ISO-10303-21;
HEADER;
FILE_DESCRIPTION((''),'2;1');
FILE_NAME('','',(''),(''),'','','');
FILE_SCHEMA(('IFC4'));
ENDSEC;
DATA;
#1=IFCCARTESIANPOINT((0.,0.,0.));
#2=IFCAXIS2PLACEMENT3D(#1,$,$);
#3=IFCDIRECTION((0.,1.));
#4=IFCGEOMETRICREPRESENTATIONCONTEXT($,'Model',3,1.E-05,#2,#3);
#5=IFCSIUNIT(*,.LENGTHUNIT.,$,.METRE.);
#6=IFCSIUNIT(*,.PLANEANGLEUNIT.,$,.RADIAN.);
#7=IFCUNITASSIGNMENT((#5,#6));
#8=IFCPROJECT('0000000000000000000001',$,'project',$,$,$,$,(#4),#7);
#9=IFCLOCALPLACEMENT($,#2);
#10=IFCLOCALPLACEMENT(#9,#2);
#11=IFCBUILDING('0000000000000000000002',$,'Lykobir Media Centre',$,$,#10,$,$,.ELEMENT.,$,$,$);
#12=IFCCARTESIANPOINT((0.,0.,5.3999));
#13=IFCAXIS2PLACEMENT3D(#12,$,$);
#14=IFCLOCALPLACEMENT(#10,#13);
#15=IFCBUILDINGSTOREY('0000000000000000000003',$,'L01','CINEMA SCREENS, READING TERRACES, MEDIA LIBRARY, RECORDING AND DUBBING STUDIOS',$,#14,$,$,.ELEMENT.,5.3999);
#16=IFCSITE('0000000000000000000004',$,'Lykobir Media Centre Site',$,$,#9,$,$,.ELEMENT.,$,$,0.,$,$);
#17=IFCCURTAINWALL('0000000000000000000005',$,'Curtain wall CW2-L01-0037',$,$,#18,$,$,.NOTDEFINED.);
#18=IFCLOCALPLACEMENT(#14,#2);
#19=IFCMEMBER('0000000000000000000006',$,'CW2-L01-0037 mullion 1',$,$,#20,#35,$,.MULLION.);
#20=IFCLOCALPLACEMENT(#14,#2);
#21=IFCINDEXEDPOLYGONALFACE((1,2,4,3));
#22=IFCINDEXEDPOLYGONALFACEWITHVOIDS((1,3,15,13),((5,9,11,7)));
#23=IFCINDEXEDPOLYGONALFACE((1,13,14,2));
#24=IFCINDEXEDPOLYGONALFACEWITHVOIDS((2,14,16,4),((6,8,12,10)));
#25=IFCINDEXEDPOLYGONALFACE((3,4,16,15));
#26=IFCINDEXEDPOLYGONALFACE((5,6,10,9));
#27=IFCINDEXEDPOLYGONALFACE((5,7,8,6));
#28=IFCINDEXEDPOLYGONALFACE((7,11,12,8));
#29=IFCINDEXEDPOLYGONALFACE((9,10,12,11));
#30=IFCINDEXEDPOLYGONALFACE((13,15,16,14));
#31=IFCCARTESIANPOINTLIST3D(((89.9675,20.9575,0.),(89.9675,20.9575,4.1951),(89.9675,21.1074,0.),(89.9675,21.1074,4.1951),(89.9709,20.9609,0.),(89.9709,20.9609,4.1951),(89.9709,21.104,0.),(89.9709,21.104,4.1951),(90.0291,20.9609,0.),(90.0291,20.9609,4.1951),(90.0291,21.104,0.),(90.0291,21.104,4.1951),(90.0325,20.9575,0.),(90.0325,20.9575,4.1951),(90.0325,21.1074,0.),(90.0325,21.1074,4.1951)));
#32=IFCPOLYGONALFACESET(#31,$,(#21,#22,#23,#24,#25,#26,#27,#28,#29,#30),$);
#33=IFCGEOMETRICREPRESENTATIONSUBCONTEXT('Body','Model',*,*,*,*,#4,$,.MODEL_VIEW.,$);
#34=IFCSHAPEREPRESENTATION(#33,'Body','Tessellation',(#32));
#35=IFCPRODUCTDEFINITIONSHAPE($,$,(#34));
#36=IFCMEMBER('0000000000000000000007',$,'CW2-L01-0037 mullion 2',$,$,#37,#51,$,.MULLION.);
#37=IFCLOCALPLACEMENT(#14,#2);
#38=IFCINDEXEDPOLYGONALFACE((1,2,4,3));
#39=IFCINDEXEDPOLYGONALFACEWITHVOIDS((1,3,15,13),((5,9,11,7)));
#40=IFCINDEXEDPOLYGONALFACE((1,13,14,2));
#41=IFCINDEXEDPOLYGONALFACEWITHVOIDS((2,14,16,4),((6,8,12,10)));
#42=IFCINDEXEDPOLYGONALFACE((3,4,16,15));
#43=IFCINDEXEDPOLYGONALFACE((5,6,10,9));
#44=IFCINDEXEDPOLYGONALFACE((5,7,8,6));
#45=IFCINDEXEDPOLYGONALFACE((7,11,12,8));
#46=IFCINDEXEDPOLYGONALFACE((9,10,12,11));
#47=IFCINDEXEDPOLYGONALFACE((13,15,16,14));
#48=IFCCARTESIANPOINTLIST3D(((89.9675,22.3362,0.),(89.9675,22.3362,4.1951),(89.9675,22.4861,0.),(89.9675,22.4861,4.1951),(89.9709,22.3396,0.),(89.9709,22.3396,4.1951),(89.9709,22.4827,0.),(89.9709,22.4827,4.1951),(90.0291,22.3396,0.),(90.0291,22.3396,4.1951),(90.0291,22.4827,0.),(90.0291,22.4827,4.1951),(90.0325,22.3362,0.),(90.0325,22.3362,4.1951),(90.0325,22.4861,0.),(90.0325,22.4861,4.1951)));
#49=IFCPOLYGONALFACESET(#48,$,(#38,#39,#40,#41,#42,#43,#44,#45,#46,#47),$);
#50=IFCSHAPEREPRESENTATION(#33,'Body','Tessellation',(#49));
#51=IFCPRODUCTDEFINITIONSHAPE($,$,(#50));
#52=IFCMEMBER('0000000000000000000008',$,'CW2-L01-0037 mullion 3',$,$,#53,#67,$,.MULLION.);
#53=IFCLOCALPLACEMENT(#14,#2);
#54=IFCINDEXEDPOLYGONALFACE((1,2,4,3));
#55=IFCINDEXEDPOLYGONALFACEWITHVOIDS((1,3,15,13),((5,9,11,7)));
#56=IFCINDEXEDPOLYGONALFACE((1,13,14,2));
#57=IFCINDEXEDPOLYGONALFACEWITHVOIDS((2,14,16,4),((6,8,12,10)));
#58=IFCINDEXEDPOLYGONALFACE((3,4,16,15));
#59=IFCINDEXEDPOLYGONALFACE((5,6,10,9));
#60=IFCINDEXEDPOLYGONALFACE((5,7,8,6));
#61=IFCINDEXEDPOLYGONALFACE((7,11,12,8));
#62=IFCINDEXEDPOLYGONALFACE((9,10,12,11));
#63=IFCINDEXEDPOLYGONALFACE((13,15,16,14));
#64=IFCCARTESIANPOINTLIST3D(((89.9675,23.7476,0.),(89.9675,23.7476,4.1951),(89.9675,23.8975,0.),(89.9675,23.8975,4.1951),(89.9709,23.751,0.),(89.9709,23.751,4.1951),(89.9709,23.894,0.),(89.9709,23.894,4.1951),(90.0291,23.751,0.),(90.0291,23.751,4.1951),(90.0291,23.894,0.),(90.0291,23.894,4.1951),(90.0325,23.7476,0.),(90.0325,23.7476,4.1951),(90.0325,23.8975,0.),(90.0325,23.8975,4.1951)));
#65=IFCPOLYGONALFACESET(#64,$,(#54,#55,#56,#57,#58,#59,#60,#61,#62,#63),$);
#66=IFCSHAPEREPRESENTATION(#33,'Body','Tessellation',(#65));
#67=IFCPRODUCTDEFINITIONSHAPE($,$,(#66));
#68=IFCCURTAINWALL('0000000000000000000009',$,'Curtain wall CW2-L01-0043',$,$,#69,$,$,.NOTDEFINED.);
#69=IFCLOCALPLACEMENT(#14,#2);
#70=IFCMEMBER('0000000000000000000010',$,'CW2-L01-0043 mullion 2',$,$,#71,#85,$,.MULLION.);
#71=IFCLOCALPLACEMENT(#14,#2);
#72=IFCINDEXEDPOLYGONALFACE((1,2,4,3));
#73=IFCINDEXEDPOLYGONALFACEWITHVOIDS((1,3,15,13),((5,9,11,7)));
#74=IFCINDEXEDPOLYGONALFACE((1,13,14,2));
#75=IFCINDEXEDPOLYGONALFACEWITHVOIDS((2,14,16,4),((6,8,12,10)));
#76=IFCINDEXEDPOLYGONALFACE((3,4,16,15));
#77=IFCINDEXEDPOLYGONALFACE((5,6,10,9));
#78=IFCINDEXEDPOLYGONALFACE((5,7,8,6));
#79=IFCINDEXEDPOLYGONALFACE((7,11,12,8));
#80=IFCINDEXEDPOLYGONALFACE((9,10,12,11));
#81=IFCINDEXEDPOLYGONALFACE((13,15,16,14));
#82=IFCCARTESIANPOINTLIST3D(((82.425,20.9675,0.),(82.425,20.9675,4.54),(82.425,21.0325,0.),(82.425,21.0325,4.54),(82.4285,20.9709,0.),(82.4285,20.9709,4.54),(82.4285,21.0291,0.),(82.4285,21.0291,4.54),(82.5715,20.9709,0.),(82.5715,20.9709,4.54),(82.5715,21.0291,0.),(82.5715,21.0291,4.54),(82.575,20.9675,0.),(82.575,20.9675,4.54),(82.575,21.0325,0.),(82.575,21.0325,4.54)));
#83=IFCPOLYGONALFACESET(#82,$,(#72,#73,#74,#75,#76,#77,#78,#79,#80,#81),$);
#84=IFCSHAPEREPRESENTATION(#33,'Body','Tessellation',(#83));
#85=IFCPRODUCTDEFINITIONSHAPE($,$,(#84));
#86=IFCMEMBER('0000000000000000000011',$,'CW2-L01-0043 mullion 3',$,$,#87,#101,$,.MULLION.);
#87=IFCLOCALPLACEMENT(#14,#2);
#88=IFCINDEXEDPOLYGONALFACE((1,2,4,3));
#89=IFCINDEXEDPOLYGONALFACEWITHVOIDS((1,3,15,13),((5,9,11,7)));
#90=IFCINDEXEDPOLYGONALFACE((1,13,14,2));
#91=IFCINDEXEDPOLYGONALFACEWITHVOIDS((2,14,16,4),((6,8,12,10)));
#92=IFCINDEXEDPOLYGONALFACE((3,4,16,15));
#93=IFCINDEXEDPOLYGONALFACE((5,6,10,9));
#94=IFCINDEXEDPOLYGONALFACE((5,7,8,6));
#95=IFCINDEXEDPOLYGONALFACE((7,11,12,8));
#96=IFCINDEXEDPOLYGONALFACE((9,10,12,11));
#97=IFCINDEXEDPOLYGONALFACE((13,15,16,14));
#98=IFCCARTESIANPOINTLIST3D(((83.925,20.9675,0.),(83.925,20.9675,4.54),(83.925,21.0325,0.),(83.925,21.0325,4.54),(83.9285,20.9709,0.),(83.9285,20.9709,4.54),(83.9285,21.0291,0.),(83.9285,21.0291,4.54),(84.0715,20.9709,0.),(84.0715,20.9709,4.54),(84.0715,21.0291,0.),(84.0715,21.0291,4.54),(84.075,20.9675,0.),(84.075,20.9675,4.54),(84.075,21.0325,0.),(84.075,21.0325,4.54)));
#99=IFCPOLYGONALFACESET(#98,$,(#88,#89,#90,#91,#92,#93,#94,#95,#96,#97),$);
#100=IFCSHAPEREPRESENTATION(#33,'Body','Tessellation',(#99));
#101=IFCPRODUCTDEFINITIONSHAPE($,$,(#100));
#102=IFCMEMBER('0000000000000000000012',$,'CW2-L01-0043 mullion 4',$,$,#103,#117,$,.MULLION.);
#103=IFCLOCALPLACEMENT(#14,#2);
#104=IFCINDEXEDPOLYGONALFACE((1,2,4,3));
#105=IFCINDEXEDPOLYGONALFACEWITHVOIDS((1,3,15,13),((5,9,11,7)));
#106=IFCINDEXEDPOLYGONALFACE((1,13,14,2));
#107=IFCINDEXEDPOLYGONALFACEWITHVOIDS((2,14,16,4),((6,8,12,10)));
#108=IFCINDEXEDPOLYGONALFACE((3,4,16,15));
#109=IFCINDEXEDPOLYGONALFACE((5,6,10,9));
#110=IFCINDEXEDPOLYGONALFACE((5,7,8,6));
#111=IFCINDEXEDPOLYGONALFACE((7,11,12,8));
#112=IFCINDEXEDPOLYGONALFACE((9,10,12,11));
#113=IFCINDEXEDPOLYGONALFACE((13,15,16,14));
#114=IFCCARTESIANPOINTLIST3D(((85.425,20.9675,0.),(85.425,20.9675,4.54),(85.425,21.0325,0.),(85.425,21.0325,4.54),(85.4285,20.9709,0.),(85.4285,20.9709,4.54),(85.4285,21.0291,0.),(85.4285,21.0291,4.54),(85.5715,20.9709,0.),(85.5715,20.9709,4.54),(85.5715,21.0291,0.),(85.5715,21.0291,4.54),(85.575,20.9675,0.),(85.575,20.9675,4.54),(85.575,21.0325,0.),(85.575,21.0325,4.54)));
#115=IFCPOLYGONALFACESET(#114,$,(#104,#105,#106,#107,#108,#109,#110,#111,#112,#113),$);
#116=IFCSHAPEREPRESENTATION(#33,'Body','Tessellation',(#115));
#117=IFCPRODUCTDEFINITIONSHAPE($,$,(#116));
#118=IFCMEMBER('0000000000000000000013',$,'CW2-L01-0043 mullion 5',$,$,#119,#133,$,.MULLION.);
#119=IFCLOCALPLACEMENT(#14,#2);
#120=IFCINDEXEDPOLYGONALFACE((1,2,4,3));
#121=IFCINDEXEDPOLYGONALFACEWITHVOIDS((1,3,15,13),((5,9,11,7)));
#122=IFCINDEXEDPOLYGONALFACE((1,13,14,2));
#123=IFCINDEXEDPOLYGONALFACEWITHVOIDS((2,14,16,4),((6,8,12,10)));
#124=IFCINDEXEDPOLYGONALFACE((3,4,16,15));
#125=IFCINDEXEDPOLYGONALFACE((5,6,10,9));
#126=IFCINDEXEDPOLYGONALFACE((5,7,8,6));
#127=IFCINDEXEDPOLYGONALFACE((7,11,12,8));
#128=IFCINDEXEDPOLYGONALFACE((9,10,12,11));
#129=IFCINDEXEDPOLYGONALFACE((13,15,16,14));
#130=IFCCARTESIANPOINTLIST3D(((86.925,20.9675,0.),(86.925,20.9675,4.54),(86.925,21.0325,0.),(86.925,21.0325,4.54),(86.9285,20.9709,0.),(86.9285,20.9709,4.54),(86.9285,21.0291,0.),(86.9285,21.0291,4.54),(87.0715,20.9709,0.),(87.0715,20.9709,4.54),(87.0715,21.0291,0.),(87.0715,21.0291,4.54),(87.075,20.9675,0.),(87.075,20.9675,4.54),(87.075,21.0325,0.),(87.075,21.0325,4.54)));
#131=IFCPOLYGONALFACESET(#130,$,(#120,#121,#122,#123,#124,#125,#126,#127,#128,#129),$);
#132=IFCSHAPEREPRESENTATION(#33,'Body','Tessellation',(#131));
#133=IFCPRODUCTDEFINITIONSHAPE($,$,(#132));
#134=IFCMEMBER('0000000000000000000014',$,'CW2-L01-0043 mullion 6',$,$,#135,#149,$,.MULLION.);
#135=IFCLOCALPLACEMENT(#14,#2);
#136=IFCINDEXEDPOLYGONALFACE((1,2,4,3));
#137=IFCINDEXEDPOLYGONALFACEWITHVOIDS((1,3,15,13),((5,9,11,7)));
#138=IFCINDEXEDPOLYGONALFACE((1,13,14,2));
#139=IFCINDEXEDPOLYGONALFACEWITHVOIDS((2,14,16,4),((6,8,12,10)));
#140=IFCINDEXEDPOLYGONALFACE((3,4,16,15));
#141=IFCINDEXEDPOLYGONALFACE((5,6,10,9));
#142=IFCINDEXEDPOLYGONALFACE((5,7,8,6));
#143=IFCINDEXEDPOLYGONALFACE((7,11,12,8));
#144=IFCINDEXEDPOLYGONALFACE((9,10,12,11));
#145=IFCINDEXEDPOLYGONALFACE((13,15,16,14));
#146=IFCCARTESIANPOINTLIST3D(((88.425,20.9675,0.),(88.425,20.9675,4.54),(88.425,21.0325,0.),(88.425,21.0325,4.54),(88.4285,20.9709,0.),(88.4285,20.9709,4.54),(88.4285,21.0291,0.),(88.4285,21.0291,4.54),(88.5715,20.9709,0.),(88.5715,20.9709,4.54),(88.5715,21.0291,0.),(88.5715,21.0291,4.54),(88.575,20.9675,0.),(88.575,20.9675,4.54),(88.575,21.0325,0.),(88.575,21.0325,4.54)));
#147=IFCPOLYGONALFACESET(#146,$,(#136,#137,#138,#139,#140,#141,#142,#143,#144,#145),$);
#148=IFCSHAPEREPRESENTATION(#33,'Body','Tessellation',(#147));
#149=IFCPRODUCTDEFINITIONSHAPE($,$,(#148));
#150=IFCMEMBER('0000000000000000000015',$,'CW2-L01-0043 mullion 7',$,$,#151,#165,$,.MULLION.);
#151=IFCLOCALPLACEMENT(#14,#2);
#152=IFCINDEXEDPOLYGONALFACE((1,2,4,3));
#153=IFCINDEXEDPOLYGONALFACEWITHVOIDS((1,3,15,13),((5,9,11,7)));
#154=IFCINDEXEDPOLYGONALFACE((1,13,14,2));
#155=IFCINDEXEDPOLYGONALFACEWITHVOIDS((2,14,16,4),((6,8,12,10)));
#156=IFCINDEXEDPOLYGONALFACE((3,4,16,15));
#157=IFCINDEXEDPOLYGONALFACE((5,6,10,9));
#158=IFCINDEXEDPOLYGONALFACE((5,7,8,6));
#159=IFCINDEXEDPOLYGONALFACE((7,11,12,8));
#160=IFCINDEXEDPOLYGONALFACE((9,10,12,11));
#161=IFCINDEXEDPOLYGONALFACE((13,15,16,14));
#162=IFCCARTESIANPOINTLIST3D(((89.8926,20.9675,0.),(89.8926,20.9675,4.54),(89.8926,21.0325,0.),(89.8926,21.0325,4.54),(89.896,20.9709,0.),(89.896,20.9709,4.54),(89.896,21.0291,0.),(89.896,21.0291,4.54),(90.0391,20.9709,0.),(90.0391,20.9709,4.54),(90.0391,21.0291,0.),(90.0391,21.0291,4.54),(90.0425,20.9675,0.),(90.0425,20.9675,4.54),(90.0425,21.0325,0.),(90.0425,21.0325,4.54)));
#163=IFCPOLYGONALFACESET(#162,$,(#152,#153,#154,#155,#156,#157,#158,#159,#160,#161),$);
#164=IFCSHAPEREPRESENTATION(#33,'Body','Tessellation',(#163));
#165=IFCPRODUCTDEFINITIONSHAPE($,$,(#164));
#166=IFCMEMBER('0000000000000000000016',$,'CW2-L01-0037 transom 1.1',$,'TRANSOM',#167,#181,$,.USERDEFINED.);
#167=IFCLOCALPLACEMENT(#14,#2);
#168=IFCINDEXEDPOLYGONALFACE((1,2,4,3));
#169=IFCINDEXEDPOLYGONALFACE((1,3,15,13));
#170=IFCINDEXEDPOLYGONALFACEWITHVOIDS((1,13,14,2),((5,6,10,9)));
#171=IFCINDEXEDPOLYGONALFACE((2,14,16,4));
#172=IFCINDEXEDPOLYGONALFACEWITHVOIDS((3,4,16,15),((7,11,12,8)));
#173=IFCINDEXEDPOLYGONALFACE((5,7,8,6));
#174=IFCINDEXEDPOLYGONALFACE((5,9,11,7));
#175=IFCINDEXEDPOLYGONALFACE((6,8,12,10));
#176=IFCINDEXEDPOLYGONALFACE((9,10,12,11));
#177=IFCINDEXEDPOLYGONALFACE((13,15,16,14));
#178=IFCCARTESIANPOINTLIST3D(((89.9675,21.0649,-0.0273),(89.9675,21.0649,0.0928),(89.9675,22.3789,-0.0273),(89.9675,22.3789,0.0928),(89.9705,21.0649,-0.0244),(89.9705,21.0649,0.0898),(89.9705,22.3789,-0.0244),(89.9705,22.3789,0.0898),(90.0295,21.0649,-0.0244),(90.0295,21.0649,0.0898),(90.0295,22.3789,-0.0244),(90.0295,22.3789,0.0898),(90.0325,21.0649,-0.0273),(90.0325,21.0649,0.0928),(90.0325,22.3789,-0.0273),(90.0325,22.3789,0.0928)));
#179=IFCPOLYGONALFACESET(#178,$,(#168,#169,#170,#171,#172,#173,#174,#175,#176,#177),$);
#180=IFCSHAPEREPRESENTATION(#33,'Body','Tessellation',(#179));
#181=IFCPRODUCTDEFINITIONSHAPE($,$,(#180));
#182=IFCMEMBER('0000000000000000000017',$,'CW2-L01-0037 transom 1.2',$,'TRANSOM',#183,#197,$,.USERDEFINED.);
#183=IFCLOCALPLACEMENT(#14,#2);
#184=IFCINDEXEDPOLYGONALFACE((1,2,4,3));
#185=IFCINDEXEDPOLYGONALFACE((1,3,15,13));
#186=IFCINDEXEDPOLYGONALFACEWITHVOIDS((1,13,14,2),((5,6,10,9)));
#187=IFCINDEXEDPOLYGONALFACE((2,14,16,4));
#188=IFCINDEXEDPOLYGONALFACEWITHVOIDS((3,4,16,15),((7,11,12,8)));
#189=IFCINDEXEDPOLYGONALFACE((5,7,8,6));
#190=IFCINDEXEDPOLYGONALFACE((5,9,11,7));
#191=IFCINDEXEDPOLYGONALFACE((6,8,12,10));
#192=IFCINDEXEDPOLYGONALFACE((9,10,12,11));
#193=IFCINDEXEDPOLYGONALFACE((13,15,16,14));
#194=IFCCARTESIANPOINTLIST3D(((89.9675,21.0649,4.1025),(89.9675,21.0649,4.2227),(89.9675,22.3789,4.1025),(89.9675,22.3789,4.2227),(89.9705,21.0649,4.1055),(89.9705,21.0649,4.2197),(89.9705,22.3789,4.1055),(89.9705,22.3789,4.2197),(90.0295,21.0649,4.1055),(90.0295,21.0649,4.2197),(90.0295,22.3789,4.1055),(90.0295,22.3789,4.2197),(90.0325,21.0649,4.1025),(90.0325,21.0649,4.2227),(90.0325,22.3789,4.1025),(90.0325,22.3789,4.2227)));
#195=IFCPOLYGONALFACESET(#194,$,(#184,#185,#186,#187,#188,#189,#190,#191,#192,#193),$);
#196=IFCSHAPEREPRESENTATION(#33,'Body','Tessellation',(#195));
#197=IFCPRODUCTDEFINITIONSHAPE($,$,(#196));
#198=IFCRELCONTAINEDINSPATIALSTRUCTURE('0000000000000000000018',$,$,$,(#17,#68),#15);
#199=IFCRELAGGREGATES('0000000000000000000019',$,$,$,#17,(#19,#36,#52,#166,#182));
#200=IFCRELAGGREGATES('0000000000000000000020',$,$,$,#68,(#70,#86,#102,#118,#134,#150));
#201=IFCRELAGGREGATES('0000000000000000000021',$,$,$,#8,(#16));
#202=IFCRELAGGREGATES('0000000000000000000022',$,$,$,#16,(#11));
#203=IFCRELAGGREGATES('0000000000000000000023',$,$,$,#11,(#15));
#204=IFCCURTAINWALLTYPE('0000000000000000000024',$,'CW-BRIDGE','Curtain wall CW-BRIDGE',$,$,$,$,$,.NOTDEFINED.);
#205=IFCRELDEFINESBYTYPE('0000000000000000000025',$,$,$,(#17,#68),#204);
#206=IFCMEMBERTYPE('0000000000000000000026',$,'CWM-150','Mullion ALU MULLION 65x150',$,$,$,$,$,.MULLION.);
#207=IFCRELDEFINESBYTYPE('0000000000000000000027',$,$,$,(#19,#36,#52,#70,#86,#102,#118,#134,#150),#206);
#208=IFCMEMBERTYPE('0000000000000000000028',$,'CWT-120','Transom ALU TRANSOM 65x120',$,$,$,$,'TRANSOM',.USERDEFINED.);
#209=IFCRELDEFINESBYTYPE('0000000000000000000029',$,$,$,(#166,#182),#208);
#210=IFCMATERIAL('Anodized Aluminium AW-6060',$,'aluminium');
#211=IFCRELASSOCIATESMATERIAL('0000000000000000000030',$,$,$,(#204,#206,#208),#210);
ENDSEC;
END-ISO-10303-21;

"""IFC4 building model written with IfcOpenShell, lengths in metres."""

from ifc_helpers import new_model, si_unit, direction, frame, origin, origin_2d, place, context, subcontext, project, spatial, hollow_rectangle, extrude, material, material_profile, profile_set, type_object, element, aggregate, save


model = new_model("IFC4")

# Units and contexts
model_context = context("Model", 3, precision=1e-05, world=origin(), true_north=direction((0.0, 1.0)))
body_context = subcontext(model_context, "Body", "Model", "MODEL_VIEW")
ifc_project = project(units=[si_unit("LENGTHUNIT", "METRE"), si_unit("PLANEANGLEUNIT", "RADIAN")], contexts=[model_context])

# Site, building, storey
site_placement = place(None, origin())
site = spatial("IfcSite", under=ifc_project, at=site_placement, Name="Lykobir Media Centre Site", CompositionType="ELEMENT", RefElevation=0.0)
building_placement = place(site_placement, origin())
building = spatial("IfcBuilding", under=site, at=building_placement, Name="Lykobir Media Centre", CompositionType="ELEMENT")
storey_placement = place(building_placement, frame((0.0, 0.0, 5.3999)))
storey = spatial("IfcBuildingStorey", under=building, at=storey_placement, Name="L01", Description="CINEMA SCREENS, READING TERRACES, MEDIA LIBRARY, RECORDING AND DUBBING STUDIOS", CompositionType="ELEMENT", Elevation=5.3999)

# Curtain walls, members
ifc_material_1 = material(Name="Anodized Aluminium AW-6060", Category="aluminium")
curtain_wall_type = type_object("IfcCurtainWallType", Name="CW-BRIDGE", Description="Curtain wall CW-BRIDGE", PredefinedType="NOTDEFINED", material=ifc_material_1)
curtain_wall_1_placement = place(storey_placement, origin())
curtain_wall_1 = element("IfcCurtainWall", 1, at=curtain_wall_1_placement, inside=storey, type_object=curtain_wall_type, Name="Curtain wall CW2-L01-0037", PredefinedType="NOTDEFINED")
ifc_material_profile_1 = material_profile(ifc_material_1, hollow_rectangle(XDim=0.0649, YDim=0.1499, WallThickness=0.0034, at=origin_2d()), Name="ALU MULLION 65x150")
ifc_profile_set_1 = profile_set([ifc_material_profile_1], Name="Anodized Aluminium AW-6060")
member_type_1 = type_object("IfcMemberType", Name="CWM-150", Description="Mullion ALU MULLION 65x150", PredefinedType="MULLION", material=ifc_profile_set_1)
member_1_placement = place(storey_placement, frame((90.0, 21.0325, 0.0), z_axis=(0.0, 0.0, 1.0), x_axis=(-1.0, 0.0, 0.0)))
member_1 = element("IfcMember", 2, at=member_1_placement, type_object=member_type_1, Name="CW2-L01-0037 mullion 1", PredefinedType="MULLION", context=body_context, shape_type="SweptSolid", body=[
    extrude(hollow_rectangle(XDim=0.0649, YDim=0.1499, WallThickness=0.0034, at=origin_2d()), origin(), (0.0, 0.0, 1.0), 4.1951),
])
member_2_placement = place(storey_placement, frame((90.0, 22.4111, 0.0), z_axis=(0.0, 0.0, 1.0), x_axis=(-1.0, 0.0, 0.0)))
member_2 = element("IfcMember", 3, at=member_2_placement, type_object=member_type_1, Name="CW2-L01-0037 mullion 2", PredefinedType="MULLION", context=body_context, shape_type="SweptSolid", body=[
    extrude(hollow_rectangle(XDim=0.0649, YDim=0.1499, WallThickness=0.0034, at=origin_2d()), origin(), (0.0, 0.0, 1.0), 4.1951),
])
member_3_placement = place(storey_placement, frame((90.0, 23.8225, 0.0), z_axis=(0.0, 0.0, 1.0), x_axis=(-1.0, 0.0, 0.0)))
member_3 = element("IfcMember", 4, at=member_3_placement, type_object=member_type_1, Name="CW2-L01-0037 mullion 3", PredefinedType="MULLION", context=body_context, shape_type="SweptSolid", body=[
    extrude(hollow_rectangle(XDim=0.0649, YDim=0.1499, WallThickness=0.0034, at=origin_2d()), origin(), (0.0, 0.0, 1.0), 4.1951),
])
curtain_wall_2_placement = place(storey_placement, origin())
curtain_wall_2 = element("IfcCurtainWall", 5, at=curtain_wall_2_placement, inside=storey, type_object=curtain_wall_type, Name="Curtain wall CW2-L01-0043", PredefinedType="NOTDEFINED")
member_4_placement = place(storey_placement, frame((82.5, 21.0, 0.0), z_axis=(0.0, 0.0, 1.0), x_axis=(0.0, 1.0, 0.0)))
member_4 = element("IfcMember", 6, at=member_4_placement, type_object=member_type_1, Name="CW2-L01-0043 mullion 2", PredefinedType="MULLION", context=body_context, shape_type="SweptSolid", body=[
    extrude(hollow_rectangle(XDim=0.0649, YDim=0.1499, WallThickness=0.0034, at=origin_2d()), origin(), (0.0, 0.0, 1.0), 4.54),
])
member_5_placement = place(storey_placement, frame((84.0, 21.0, 0.0), z_axis=(0.0, 0.0, 1.0), x_axis=(0.0, 1.0, 0.0)))
member_5 = element("IfcMember", 7, at=member_5_placement, type_object=member_type_1, Name="CW2-L01-0043 mullion 3", PredefinedType="MULLION", context=body_context, shape_type="SweptSolid", body=[
    extrude(hollow_rectangle(XDim=0.0649, YDim=0.1499, WallThickness=0.0034, at=origin_2d()), origin(), (0.0, 0.0, 1.0), 4.54),
])
member_6_placement = place(storey_placement, frame((85.5, 21.0, 0.0), z_axis=(0.0, 0.0, 1.0), x_axis=(0.0, 1.0, 0.0)))
member_6 = element("IfcMember", 8, at=member_6_placement, type_object=member_type_1, Name="CW2-L01-0043 mullion 4", PredefinedType="MULLION", context=body_context, shape_type="SweptSolid", body=[
    extrude(hollow_rectangle(XDim=0.0649, YDim=0.1499, WallThickness=0.0034, at=origin_2d()), origin(), (0.0, 0.0, 1.0), 4.54),
])
member_7_placement = place(storey_placement, frame((87.0, 21.0, 0.0), z_axis=(0.0, 0.0, 1.0), x_axis=(0.0, 1.0, 0.0)))
member_7 = element("IfcMember", 9, at=member_7_placement, type_object=member_type_1, Name="CW2-L01-0043 mullion 5", PredefinedType="MULLION", context=body_context, shape_type="SweptSolid", body=[
    extrude(hollow_rectangle(XDim=0.0649, YDim=0.1499, WallThickness=0.0034, at=origin_2d()), origin(), (0.0, 0.0, 1.0), 4.54),
])
member_8_placement = place(storey_placement, frame((88.5, 21.0, 0.0), z_axis=(0.0, 0.0, 1.0), x_axis=(0.0, 1.0, 0.0)))
member_8 = element("IfcMember", 10, at=member_8_placement, type_object=member_type_1, Name="CW2-L01-0043 mullion 6", PredefinedType="MULLION", context=body_context, shape_type="SweptSolid", body=[
    extrude(hollow_rectangle(XDim=0.0649, YDim=0.1499, WallThickness=0.0034, at=origin_2d()), origin(), (0.0, 0.0, 1.0), 4.54),
])
member_9_placement = place(storey_placement, frame((89.9675, 21.0, 0.0), z_axis=(0.0, 0.0, 1.0), x_axis=(0.0, 1.0, 0.0)))
member_9 = element("IfcMember", 11, at=member_9_placement, type_object=member_type_1, Name="CW2-L01-0043 mullion 7", PredefinedType="MULLION", context=body_context, shape_type="SweptSolid", body=[
    extrude(hollow_rectangle(XDim=0.0649, YDim=0.1499, WallThickness=0.0034, at=origin_2d()), origin(), (0.0, 0.0, 1.0), 4.54),
])

# Members
ifc_material_profile_2 = material_profile(ifc_material_1, hollow_rectangle(XDim=0.0649, YDim=0.1201, WallThickness=0.0029, at=origin_2d()), Name="ALU TRANSOM 65x120")
ifc_profile_set_2 = profile_set([ifc_material_profile_2], Name="Anodized Aluminium AW-6060")
member_type_2 = type_object("IfcMemberType", Name="CWT-120", Description="Transom ALU TRANSOM 65x120", ElementType="TRANSOM", PredefinedType="USERDEFINED", material=ifc_profile_set_2)
member_10_placement = place(storey_placement, frame((90.0, 21.0649, 0.0327), z_axis=(0.0, 1.0, 0.0), x_axis=(-1.0, 0.0, 0.0)))
member_10 = element("IfcMember", 12, at=member_10_placement, type_object=member_type_2, Name="CW2-L01-0037 transom 1.1", ObjectType="TRANSOM", PredefinedType="USERDEFINED", context=body_context, shape_type="SweptSolid", body=[
    extrude(hollow_rectangle(XDim=0.0649, YDim=0.1201, WallThickness=0.0029, at=origin_2d()), origin(), (0.0, 0.0, 1.0), 1.314),
])
member_11_placement = place(storey_placement, frame((90.0, 21.0649, 4.1626), z_axis=(0.0, 1.0, 0.0), x_axis=(-1.0, 0.0, 0.0)))
member_11 = element("IfcMember", 13, at=member_11_placement, type_object=member_type_2, Name="CW2-L01-0037 transom 1.2", ObjectType="TRANSOM", PredefinedType="USERDEFINED", context=body_context, shape_type="SweptSolid", body=[
    extrude(hollow_rectangle(XDim=0.0649, YDim=0.1201, WallThickness=0.0029, at=origin_2d()), origin(), (0.0, 0.0, 1.0), 1.314),
])

aggregate(curtain_wall_1, [member_1, member_2, member_3, member_10, member_11])
aggregate(curtain_wall_2, [member_4, member_5, member_6, member_7, member_8, member_9])

save(model, "model.ifc")
